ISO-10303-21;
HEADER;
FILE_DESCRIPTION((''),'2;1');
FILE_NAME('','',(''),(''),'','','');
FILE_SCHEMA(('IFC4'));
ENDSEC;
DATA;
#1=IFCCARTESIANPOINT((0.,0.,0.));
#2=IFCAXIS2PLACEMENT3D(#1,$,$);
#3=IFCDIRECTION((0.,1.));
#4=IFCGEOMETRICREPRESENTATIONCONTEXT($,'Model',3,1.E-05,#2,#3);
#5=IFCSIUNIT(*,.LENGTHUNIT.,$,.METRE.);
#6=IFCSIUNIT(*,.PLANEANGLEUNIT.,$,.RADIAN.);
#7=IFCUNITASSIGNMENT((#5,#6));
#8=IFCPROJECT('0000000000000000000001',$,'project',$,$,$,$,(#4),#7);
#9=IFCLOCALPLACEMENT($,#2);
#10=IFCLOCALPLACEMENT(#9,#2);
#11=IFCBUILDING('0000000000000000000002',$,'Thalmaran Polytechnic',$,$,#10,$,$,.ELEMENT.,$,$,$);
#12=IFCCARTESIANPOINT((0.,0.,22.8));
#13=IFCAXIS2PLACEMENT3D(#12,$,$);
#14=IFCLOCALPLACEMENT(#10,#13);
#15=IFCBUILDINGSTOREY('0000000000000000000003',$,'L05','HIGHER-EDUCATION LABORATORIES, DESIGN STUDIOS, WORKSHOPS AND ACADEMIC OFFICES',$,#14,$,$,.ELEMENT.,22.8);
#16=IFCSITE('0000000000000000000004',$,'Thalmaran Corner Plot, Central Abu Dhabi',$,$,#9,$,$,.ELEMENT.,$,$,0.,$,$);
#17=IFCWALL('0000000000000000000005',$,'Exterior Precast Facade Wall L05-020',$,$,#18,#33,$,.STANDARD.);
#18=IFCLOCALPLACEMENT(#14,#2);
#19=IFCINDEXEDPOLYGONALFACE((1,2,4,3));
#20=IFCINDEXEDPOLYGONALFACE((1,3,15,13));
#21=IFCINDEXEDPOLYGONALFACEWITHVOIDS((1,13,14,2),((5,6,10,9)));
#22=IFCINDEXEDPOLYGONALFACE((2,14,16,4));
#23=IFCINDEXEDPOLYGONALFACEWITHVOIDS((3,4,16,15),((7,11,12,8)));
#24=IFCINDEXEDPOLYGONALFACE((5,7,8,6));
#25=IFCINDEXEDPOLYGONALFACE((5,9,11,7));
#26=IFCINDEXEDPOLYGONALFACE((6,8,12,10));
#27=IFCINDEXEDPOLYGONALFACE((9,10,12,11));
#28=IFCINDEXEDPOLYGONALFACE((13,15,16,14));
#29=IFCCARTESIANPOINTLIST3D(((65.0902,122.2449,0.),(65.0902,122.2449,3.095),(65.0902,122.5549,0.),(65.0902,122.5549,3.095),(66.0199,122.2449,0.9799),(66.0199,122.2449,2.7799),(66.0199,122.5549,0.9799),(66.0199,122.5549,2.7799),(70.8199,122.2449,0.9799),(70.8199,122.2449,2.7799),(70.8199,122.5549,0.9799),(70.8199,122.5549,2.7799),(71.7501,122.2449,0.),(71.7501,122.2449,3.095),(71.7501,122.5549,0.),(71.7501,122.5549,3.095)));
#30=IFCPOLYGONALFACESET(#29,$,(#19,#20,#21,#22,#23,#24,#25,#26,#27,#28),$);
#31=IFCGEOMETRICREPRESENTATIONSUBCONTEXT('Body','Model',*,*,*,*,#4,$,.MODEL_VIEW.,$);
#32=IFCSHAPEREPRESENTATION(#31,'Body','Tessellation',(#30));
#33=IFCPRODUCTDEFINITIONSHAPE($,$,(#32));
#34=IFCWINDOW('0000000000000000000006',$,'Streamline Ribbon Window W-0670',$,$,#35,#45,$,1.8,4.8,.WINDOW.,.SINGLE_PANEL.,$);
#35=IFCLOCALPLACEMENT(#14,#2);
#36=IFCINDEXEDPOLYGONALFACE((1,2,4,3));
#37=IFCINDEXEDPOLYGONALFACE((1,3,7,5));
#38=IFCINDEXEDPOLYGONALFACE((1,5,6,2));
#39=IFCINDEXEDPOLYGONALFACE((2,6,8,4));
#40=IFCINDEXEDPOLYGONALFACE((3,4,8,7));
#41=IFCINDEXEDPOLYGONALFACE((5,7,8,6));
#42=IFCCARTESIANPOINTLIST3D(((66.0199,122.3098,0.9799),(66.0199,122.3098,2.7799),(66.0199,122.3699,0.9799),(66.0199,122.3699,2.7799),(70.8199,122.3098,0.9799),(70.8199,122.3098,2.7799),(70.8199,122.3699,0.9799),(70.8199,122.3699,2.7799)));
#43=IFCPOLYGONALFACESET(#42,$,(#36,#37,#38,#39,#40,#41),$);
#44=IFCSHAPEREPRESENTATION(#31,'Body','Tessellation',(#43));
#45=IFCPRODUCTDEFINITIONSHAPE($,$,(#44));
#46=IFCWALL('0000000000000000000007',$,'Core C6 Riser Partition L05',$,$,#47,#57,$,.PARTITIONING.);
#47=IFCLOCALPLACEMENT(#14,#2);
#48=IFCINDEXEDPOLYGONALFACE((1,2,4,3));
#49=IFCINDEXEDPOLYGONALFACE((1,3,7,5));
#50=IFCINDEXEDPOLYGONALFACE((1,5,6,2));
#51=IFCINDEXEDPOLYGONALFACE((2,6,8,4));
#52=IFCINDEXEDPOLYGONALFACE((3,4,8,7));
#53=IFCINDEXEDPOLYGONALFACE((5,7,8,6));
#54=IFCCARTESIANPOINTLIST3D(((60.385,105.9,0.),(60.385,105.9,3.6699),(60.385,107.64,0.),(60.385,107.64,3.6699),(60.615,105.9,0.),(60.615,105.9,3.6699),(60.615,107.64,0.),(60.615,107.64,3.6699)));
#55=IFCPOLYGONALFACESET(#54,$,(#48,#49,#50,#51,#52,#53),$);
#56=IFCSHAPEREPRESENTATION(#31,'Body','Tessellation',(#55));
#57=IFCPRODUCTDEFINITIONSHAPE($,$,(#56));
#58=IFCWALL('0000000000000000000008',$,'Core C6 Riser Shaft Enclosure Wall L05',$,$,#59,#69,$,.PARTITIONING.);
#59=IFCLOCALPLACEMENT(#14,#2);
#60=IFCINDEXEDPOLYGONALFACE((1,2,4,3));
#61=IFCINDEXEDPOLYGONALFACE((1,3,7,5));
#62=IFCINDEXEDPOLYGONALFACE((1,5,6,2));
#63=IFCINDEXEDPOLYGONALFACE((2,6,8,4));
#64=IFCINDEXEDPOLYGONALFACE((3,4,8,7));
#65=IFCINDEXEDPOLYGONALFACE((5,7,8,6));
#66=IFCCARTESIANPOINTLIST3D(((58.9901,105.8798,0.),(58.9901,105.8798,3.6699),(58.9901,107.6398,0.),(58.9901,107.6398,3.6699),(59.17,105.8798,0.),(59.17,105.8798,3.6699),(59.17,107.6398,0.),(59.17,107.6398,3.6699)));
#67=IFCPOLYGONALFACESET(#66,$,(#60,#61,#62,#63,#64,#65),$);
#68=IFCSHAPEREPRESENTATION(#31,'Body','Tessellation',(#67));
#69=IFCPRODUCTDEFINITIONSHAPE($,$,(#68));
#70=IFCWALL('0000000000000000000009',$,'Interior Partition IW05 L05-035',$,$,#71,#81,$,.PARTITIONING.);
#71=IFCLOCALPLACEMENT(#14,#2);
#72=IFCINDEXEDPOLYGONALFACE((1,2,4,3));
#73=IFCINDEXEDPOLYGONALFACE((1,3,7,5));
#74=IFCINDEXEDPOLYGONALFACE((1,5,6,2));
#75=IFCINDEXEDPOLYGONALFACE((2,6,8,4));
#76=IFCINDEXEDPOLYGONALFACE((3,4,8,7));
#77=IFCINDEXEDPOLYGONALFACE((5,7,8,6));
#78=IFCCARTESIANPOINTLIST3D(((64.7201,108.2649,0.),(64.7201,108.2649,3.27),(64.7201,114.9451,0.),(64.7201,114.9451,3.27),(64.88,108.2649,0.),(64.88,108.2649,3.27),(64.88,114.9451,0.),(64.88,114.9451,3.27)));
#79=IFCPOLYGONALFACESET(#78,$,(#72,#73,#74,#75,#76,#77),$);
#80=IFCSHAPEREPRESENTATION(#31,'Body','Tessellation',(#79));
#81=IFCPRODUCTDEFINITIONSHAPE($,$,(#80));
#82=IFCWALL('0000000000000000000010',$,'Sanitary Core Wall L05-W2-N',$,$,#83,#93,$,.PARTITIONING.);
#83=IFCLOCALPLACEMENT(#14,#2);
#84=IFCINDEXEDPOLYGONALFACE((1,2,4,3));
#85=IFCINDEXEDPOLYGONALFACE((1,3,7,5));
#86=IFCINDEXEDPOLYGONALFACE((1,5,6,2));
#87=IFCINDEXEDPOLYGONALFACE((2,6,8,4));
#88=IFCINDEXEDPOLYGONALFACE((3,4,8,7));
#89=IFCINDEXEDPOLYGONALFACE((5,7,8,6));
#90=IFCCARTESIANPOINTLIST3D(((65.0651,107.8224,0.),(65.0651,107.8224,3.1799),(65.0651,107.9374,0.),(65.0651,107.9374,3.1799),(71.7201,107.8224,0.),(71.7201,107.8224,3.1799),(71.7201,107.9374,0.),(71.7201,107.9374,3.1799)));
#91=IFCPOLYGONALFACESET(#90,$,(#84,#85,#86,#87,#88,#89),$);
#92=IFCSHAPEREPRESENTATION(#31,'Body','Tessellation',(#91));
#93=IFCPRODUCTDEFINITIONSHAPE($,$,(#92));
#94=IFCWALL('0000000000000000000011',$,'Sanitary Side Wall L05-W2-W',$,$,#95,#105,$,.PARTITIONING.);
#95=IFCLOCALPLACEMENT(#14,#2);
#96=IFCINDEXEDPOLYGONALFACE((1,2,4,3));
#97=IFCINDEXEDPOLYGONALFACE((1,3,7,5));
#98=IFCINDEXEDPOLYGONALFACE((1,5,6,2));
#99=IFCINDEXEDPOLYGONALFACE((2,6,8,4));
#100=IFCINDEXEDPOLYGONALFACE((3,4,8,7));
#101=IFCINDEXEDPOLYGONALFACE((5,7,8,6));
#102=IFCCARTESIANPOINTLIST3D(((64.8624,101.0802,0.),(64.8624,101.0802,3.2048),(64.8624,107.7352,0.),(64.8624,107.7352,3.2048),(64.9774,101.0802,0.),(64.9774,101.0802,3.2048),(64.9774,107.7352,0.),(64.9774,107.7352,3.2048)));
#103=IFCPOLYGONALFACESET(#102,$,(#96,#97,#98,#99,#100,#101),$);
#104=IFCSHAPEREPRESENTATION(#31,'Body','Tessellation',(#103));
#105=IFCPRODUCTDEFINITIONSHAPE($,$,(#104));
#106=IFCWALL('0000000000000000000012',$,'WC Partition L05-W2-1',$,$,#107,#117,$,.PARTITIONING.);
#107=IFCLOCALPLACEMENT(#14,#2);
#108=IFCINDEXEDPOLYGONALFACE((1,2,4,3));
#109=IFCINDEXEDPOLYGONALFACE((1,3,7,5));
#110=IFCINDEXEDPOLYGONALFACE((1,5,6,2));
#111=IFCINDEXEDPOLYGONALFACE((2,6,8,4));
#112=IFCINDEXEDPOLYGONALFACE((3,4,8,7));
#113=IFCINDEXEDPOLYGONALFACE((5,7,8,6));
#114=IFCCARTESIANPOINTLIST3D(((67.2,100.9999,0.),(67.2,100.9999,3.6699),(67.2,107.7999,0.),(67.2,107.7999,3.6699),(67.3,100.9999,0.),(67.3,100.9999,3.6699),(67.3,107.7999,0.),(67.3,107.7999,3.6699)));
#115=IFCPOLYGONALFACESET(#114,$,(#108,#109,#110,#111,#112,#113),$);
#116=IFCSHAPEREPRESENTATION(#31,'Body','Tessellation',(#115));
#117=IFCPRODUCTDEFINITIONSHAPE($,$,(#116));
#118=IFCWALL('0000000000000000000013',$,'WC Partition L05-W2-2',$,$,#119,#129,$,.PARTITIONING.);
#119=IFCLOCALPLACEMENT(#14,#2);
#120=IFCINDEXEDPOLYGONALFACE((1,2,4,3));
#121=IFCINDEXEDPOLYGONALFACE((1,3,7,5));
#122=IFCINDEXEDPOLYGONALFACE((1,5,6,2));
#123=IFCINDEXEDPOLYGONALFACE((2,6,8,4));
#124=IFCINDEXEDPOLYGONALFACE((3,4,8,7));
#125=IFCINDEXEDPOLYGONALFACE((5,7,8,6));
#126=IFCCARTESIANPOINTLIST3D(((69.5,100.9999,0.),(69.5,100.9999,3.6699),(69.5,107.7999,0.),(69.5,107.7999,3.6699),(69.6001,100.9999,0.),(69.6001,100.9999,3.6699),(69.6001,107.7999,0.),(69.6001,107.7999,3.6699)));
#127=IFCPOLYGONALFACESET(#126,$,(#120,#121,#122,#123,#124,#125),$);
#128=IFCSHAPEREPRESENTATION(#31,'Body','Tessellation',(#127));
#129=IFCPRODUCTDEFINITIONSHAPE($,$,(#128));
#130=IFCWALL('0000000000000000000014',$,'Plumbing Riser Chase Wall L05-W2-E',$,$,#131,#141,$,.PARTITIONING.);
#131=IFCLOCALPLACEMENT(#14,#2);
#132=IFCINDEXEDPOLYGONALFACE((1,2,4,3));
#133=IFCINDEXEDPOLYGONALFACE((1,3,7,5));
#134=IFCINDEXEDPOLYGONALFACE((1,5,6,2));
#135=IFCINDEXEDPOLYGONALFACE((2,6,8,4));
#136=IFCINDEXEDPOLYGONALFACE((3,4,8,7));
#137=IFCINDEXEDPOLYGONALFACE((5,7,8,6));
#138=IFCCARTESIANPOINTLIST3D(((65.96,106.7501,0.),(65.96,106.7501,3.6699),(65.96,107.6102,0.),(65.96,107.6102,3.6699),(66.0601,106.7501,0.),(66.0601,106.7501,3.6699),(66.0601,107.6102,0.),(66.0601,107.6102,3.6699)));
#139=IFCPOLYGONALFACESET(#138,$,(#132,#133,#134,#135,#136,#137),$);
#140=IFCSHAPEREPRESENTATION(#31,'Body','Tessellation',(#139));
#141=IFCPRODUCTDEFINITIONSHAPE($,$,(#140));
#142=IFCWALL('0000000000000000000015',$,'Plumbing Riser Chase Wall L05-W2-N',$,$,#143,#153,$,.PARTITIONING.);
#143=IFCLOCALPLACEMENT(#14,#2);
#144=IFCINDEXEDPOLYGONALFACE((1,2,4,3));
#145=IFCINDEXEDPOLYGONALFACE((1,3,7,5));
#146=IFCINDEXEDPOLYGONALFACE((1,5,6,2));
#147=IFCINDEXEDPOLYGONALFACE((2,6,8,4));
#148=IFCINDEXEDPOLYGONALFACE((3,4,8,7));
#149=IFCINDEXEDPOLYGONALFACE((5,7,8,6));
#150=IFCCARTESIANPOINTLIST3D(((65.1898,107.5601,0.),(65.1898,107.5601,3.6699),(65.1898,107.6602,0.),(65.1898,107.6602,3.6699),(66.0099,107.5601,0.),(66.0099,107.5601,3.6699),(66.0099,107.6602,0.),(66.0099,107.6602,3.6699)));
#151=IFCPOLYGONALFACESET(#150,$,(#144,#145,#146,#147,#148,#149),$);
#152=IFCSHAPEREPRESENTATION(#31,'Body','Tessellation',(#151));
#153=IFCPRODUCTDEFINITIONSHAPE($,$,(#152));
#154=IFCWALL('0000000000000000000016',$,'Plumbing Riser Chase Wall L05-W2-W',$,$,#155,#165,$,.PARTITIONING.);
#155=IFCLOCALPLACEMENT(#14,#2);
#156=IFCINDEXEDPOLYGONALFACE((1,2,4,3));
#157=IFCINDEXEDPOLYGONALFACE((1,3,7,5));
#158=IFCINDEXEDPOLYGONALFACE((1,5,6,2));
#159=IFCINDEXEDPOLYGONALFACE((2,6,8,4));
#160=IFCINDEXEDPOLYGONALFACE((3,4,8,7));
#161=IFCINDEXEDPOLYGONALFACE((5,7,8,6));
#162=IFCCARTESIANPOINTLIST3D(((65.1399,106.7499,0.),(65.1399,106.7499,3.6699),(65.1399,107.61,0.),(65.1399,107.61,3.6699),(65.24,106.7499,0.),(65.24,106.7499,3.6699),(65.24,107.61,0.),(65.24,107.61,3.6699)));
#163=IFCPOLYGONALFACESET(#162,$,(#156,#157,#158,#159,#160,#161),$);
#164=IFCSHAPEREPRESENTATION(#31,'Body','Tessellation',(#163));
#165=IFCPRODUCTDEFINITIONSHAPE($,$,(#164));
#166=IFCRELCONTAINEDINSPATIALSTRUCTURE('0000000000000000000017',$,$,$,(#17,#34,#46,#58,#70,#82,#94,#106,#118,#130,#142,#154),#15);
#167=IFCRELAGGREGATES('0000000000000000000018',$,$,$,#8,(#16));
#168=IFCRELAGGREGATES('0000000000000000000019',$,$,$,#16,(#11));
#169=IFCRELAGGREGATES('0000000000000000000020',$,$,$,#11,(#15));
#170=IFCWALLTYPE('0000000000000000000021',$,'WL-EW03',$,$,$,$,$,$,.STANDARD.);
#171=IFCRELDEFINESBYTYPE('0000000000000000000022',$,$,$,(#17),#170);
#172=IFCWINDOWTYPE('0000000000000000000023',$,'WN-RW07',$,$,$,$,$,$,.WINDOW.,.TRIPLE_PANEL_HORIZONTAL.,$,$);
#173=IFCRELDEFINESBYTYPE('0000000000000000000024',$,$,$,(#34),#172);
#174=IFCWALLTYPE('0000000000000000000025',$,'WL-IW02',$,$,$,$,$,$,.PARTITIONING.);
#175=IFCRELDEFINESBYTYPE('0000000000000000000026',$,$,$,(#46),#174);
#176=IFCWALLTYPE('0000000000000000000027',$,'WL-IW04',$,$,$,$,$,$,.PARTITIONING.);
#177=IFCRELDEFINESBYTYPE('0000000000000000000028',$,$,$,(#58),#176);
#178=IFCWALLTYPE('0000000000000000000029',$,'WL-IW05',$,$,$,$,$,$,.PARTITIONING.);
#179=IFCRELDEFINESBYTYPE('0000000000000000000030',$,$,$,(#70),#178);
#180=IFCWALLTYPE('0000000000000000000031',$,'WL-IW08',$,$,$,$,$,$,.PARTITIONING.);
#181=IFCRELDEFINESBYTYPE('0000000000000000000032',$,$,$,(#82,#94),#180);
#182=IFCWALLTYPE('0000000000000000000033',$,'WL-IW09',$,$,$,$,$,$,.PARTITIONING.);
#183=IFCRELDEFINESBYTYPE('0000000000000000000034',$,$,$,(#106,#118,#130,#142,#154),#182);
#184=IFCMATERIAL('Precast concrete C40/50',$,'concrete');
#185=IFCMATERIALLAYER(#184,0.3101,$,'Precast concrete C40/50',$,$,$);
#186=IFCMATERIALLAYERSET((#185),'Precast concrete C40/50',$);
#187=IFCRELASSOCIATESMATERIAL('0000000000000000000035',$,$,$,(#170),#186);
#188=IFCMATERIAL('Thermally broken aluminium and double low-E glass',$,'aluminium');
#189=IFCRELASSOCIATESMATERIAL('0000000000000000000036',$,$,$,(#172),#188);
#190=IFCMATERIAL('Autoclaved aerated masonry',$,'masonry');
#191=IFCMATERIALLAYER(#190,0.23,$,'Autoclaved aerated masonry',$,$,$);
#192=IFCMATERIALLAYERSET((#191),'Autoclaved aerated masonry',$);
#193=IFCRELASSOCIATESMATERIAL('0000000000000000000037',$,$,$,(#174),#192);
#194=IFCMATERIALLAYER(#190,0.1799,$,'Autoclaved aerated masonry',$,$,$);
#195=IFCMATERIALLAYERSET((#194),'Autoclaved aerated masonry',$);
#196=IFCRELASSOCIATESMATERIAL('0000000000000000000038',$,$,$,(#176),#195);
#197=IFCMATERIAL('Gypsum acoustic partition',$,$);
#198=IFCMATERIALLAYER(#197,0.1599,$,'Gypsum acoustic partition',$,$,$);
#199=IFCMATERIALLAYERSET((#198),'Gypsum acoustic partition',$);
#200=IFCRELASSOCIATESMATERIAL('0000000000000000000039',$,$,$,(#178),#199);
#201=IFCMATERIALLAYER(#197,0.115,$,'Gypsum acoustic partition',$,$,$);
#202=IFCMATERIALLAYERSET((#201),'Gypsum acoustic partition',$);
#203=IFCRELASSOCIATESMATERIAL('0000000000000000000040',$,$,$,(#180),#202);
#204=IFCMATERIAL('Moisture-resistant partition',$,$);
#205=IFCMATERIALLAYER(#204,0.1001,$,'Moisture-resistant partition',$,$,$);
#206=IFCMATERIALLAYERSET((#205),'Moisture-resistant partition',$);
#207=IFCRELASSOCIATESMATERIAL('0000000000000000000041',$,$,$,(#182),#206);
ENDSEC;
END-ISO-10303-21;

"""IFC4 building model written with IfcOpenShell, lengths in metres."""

from ifc_helpers import new_model, si_unit, direction, frame, frame_2d, origin, place, context, subcontext, project, spatial, rectangle, extrude, material, layer, layer_set, type_object, element, fill, save


model = new_model("IFC4")

# Units and contexts
model_context = context("Model", 3, precision=1e-05, world=origin(), true_north=direction((0.0, 1.0)))
body_context = subcontext(model_context, "Body", "Model", "MODEL_VIEW")
ifc_project = project(units=[si_unit("LENGTHUNIT", "METRE"), si_unit("PLANEANGLEUNIT", "RADIAN")], contexts=[model_context])

# Site, building, storey
site_placement = place(None, origin())
site = spatial("IfcSite", under=ifc_project, at=site_placement, Name="Thalmaran Corner Plot, Central Abu Dhabi", CompositionType="ELEMENT", RefElevation=0.0)
building_placement = place(site_placement, origin())
building = spatial("IfcBuilding", under=site, at=building_placement, Name="Thalmaran Polytechnic", CompositionType="ELEMENT")
storey_placement = place(building_placement, frame((0.0, 0.0, 22.8)))
storey = spatial("IfcBuildingStorey", under=building, at=storey_placement, Name="L05", Description="HIGHER-EDUCATION LABORATORIES, DESIGN STUDIOS, WORKSHOPS AND ACADEMIC OFFICES", CompositionType="ELEMENT", Elevation=22.8)

# Wall, opening, window
ifc_material_1 = material(Name="Precast concrete C40/50", Category="concrete")
ifc_layer_1 = layer(ifc_material_1, 0.3101, Name="Precast concrete C40/50")
ifc_layer_set_1 = layer_set([ifc_layer_1], Name="Precast concrete C40/50")
wall_type_1 = type_object("IfcWallType", Name="WL-EW03", PredefinedType="STANDARD", material=ifc_layer_set_1)
wall_1_placement = place(storey_placement, frame((65.0901, 122.3999, 0.0), z_axis=(0.0, 0.0, 1.0), x_axis=(1.0, 0.0, 0.0)))
wall_1 = element("IfcWall", 1, at=wall_1_placement, inside=storey, type_object=wall_type_1, Name="Exterior Precast Facade Wall L05-020", PredefinedType="STANDARD", context=body_context, shape_type="SweptSolid", body=[
    extrude(rectangle(XDim=6.6599, YDim=0.3101, at=frame_2d((3.3301, 0.0))), origin(), (0.0, 0.0, 1.0), 3.095),
])
opening_1_placement = place(wall_1_placement, frame((0.9299, 0.0, 0.98)))
opening_1 = element("IfcOpeningElement", 2, at=opening_1_placement, cuts=wall_1, PredefinedType="OPENING", context=body_context, shape_type="SweptSolid", body=[
    extrude(rectangle(XDim=4.8, YDim=1.8, at=frame_2d((2.3999, 0.8999))), frame((0.0, 0.165, 0.0), z_axis=(0.0, -1.0, 0.0), x_axis=(1.0, 0.0, 0.0)), (0.0, 0.0, 1.0), 0.3301),
])
ifc_material_2 = material(Name="Thermally broken aluminium and double low-E glass", Category="aluminium")
window_type = type_object("IfcWindowType", Name="WN-RW07", PartitioningType="TRIPLE_PANEL_HORIZONTAL", PredefinedType="WINDOW", material=ifc_material_2)
window_placement = place(opening_1_placement, origin())
window = element("IfcWindow", 3, at=window_placement, inside=storey, type_object=window_type, Name="Streamline Ribbon Window W-0670", OverallHeight=1.8, OverallWidth=4.8, PartitioningType="SINGLE_PANEL", PredefinedType="WINDOW", context=body_context, shape_type="SweptSolid", body=[
    extrude(rectangle(XDim=4.8, YDim=1.8, at=frame_2d((2.3999, 0.8999))), frame((0.0, -0.03, 0.0), z_axis=(0.0, -1.0, 0.0), x_axis=(1.0, 0.0, 0.0)), (0.0, 0.0, 1.0), 0.0601),
])
fill(opening_1, window)

# Walls
ifc_material_3 = material(Name="Autoclaved aerated masonry", Category="masonry")
ifc_layer_2 = layer(ifc_material_3, 0.23, Name="Autoclaved aerated masonry")
ifc_layer_set_2 = layer_set([ifc_layer_2], Name="Autoclaved aerated masonry")
wall_type_2 = type_object("IfcWallType", Name="WL-IW02", PredefinedType="PARTITIONING", material=ifc_layer_set_2)
wall_2_placement = place(storey_placement, frame((60.5, 105.8999, 0.0), z_axis=(0.0, 0.0, 1.0), x_axis=(0.0, 1.0, 0.0)))
element("IfcWall", 4, at=wall_2_placement, inside=storey, type_object=wall_type_2, Name="Core C6 Riser Partition L05", PredefinedType="PARTITIONING", context=body_context, shape_type="SweptSolid", body=[
    extrude(rectangle(XDim=1.74, YDim=0.23, at=frame_2d((0.8701, 0.0))), origin(), (0.0, 0.0, 1.0), 3.6699),
])
ifc_layer_3 = layer(ifc_material_3, 0.1799, Name="Autoclaved aerated masonry")
ifc_layer_set_3 = layer_set([ifc_layer_3], Name="Autoclaved aerated masonry")
wall_type_3 = type_object("IfcWallType", Name="WL-IW04", PredefinedType="PARTITIONING", material=ifc_layer_set_3)
wall_3_placement = place(storey_placement, frame((59.0801, 105.8799, 0.0), z_axis=(0.0, 0.0, 1.0), x_axis=(0.0, 1.0, 0.0)))
element("IfcWall", 5, at=wall_3_placement, inside=storey, type_object=wall_type_3, Name="Core C6 Riser Shaft Enclosure Wall L05", PredefinedType="PARTITIONING", context=body_context, shape_type="SweptSolid", body=[
    extrude(rectangle(XDim=1.76, YDim=0.1799, at=frame_2d((0.8799, 0.0))), origin(), (0.0, 0.0, 1.0), 3.6699),
])
ifc_material_4 = material(Name="Gypsum acoustic partition")
ifc_layer_4 = layer(ifc_material_4, 0.1599, Name="Gypsum acoustic partition")
ifc_layer_set_4 = layer_set([ifc_layer_4], Name="Gypsum acoustic partition")
wall_type_4 = type_object("IfcWallType", Name="WL-IW05", PredefinedType="PARTITIONING", material=ifc_layer_set_4)
wall_4_placement = place(storey_placement, frame((64.8, 108.2649, 0.0), z_axis=(0.0, 0.0, 1.0), x_axis=(0.0, 1.0, 0.0)))
element("IfcWall", 6, at=wall_4_placement, inside=storey, type_object=wall_type_4, Name="Interior Partition IW05 L05-035", PredefinedType="PARTITIONING", context=body_context, shape_type="SweptSolid", body=[
    extrude(rectangle(XDim=6.6802, YDim=0.1599, at=frame_2d((3.3401, 0.0))), origin(), (0.0, 0.0, 1.0), 3.27),
])
ifc_layer_5 = layer(ifc_material_4, 0.115, Name="Gypsum acoustic partition")
ifc_layer_set_5 = layer_set([ifc_layer_5], Name="Gypsum acoustic partition")
wall_type_5 = type_object("IfcWallType", Name="WL-IW08", PredefinedType="PARTITIONING", material=ifc_layer_set_5)
wall_5_placement = place(storey_placement, frame((65.0649, 107.8799, 0.0), z_axis=(0.0, 0.0, 1.0), x_axis=(1.0, 0.0, 0.0)))
element("IfcWall", 7, at=wall_5_placement, inside=storey, type_object=wall_type_5, Name="Sanitary Core Wall L05-W2-N", PredefinedType="PARTITIONING", context=body_context, shape_type="SweptSolid", body=[
    extrude(rectangle(XDim=6.655, YDim=0.115, at=frame_2d((3.3276, 0.0))), origin(), (0.0, 0.0, 1.0), 3.1799),
])
wall_6_placement = place(storey_placement, frame((64.9199, 101.0801, 0.0), z_axis=(0.0, 0.0, 1.0), x_axis=(0.0, 1.0, 0.0)))
element("IfcWall", 8, at=wall_6_placement, inside=storey, type_object=wall_type_5, Name="Sanitary Side Wall L05-W2-W", PredefinedType="PARTITIONING", context=body_context, shape_type="SweptSolid", body=[
    extrude(rectangle(XDim=6.655, YDim=0.115, at=frame_2d((3.3276, 0.0))), origin(), (0.0, 0.0, 1.0), 3.2048),
])
ifc_material_5 = material(Name="Moisture-resistant partition")
ifc_layer_6 = layer(ifc_material_5, 0.1001, Name="Moisture-resistant partition")
ifc_layer_set_6 = layer_set([ifc_layer_6], Name="Moisture-resistant partition")
wall_type_6 = type_object("IfcWallType", Name="WL-IW09", PredefinedType="PARTITIONING", material=ifc_layer_set_6)
for number, where, z_axis, x_axis, name in (
    (9, (67.25, 101.0, 0.0), (0.0, 0.0, 1.0), (0.0, 1.0, 0.0), "WC Partition L05-W2-1"),
    (10, (69.55, 101.0, 0.0), (0.0, 0.0, 1.0), (0.0, 1.0, 0.0), "WC Partition L05-W2-2"),
):
    element("IfcWall", number, at=place(storey_placement, frame(where, z_axis=z_axis, x_axis=x_axis)), inside=storey, type_object=wall_type_6, Name=name, PredefinedType="PARTITIONING", context=body_context, shape_type="SweptSolid", body=[
        extrude(rectangle(XDim=6.8, YDim=0.1001, at=frame_2d((3.3999, 0.0))), origin(), (0.0, 0.0, 1.0), 3.6699),
    ])
wall_7_placement = place(storey_placement, frame((66.01, 106.75, 0.0), z_axis=(0.0, 0.0, 1.0), x_axis=(0.0, 1.0, 0.0)))
element("IfcWall", 11, at=wall_7_placement, inside=storey, type_object=wall_type_6, Name="Plumbing Riser Chase Wall L05-W2-E", PredefinedType="PARTITIONING", context=body_context, shape_type="SweptSolid", body=[
    extrude(rectangle(XDim=0.8601, YDim=0.1001, at=frame_2d((0.4302, 0.0))), origin(), (0.0, 0.0, 1.0), 3.6699),
])
wall_8_placement = place(storey_placement, frame((66.01, 107.6101, 0.0), z_axis=(0.0, 0.0, 1.0), x_axis=(-1.0, 0.0, 0.0)))
element("IfcWall", 12, at=wall_8_placement, inside=storey, type_object=wall_type_6, Name="Plumbing Riser Chase Wall L05-W2-N", PredefinedType="PARTITIONING", context=body_context, shape_type="SweptSolid", body=[
    extrude(rectangle(XDim=0.8201, YDim=0.1001, at=frame_2d((0.4102, 0.0))), origin(), (0.0, 0.0, 1.0), 3.6699),
])
wall_9_placement = place(storey_placement, frame((65.1899, 107.6101, 0.0), z_axis=(0.0, 0.0, 1.0), x_axis=(0.0, -1.0, 0.0)))
element("IfcWall", 13, at=wall_9_placement, inside=storey, type_object=wall_type_6, Name="Plumbing Riser Chase Wall L05-W2-W", PredefinedType="PARTITIONING", context=body_context, shape_type="SweptSolid", body=[
    extrude(rectangle(XDim=0.8601, YDim=0.1001, at=frame_2d((0.4302, 0.0))), origin(), (0.0, 0.0, 1.0), 3.6699),
])

save(model, "model.ifc")
